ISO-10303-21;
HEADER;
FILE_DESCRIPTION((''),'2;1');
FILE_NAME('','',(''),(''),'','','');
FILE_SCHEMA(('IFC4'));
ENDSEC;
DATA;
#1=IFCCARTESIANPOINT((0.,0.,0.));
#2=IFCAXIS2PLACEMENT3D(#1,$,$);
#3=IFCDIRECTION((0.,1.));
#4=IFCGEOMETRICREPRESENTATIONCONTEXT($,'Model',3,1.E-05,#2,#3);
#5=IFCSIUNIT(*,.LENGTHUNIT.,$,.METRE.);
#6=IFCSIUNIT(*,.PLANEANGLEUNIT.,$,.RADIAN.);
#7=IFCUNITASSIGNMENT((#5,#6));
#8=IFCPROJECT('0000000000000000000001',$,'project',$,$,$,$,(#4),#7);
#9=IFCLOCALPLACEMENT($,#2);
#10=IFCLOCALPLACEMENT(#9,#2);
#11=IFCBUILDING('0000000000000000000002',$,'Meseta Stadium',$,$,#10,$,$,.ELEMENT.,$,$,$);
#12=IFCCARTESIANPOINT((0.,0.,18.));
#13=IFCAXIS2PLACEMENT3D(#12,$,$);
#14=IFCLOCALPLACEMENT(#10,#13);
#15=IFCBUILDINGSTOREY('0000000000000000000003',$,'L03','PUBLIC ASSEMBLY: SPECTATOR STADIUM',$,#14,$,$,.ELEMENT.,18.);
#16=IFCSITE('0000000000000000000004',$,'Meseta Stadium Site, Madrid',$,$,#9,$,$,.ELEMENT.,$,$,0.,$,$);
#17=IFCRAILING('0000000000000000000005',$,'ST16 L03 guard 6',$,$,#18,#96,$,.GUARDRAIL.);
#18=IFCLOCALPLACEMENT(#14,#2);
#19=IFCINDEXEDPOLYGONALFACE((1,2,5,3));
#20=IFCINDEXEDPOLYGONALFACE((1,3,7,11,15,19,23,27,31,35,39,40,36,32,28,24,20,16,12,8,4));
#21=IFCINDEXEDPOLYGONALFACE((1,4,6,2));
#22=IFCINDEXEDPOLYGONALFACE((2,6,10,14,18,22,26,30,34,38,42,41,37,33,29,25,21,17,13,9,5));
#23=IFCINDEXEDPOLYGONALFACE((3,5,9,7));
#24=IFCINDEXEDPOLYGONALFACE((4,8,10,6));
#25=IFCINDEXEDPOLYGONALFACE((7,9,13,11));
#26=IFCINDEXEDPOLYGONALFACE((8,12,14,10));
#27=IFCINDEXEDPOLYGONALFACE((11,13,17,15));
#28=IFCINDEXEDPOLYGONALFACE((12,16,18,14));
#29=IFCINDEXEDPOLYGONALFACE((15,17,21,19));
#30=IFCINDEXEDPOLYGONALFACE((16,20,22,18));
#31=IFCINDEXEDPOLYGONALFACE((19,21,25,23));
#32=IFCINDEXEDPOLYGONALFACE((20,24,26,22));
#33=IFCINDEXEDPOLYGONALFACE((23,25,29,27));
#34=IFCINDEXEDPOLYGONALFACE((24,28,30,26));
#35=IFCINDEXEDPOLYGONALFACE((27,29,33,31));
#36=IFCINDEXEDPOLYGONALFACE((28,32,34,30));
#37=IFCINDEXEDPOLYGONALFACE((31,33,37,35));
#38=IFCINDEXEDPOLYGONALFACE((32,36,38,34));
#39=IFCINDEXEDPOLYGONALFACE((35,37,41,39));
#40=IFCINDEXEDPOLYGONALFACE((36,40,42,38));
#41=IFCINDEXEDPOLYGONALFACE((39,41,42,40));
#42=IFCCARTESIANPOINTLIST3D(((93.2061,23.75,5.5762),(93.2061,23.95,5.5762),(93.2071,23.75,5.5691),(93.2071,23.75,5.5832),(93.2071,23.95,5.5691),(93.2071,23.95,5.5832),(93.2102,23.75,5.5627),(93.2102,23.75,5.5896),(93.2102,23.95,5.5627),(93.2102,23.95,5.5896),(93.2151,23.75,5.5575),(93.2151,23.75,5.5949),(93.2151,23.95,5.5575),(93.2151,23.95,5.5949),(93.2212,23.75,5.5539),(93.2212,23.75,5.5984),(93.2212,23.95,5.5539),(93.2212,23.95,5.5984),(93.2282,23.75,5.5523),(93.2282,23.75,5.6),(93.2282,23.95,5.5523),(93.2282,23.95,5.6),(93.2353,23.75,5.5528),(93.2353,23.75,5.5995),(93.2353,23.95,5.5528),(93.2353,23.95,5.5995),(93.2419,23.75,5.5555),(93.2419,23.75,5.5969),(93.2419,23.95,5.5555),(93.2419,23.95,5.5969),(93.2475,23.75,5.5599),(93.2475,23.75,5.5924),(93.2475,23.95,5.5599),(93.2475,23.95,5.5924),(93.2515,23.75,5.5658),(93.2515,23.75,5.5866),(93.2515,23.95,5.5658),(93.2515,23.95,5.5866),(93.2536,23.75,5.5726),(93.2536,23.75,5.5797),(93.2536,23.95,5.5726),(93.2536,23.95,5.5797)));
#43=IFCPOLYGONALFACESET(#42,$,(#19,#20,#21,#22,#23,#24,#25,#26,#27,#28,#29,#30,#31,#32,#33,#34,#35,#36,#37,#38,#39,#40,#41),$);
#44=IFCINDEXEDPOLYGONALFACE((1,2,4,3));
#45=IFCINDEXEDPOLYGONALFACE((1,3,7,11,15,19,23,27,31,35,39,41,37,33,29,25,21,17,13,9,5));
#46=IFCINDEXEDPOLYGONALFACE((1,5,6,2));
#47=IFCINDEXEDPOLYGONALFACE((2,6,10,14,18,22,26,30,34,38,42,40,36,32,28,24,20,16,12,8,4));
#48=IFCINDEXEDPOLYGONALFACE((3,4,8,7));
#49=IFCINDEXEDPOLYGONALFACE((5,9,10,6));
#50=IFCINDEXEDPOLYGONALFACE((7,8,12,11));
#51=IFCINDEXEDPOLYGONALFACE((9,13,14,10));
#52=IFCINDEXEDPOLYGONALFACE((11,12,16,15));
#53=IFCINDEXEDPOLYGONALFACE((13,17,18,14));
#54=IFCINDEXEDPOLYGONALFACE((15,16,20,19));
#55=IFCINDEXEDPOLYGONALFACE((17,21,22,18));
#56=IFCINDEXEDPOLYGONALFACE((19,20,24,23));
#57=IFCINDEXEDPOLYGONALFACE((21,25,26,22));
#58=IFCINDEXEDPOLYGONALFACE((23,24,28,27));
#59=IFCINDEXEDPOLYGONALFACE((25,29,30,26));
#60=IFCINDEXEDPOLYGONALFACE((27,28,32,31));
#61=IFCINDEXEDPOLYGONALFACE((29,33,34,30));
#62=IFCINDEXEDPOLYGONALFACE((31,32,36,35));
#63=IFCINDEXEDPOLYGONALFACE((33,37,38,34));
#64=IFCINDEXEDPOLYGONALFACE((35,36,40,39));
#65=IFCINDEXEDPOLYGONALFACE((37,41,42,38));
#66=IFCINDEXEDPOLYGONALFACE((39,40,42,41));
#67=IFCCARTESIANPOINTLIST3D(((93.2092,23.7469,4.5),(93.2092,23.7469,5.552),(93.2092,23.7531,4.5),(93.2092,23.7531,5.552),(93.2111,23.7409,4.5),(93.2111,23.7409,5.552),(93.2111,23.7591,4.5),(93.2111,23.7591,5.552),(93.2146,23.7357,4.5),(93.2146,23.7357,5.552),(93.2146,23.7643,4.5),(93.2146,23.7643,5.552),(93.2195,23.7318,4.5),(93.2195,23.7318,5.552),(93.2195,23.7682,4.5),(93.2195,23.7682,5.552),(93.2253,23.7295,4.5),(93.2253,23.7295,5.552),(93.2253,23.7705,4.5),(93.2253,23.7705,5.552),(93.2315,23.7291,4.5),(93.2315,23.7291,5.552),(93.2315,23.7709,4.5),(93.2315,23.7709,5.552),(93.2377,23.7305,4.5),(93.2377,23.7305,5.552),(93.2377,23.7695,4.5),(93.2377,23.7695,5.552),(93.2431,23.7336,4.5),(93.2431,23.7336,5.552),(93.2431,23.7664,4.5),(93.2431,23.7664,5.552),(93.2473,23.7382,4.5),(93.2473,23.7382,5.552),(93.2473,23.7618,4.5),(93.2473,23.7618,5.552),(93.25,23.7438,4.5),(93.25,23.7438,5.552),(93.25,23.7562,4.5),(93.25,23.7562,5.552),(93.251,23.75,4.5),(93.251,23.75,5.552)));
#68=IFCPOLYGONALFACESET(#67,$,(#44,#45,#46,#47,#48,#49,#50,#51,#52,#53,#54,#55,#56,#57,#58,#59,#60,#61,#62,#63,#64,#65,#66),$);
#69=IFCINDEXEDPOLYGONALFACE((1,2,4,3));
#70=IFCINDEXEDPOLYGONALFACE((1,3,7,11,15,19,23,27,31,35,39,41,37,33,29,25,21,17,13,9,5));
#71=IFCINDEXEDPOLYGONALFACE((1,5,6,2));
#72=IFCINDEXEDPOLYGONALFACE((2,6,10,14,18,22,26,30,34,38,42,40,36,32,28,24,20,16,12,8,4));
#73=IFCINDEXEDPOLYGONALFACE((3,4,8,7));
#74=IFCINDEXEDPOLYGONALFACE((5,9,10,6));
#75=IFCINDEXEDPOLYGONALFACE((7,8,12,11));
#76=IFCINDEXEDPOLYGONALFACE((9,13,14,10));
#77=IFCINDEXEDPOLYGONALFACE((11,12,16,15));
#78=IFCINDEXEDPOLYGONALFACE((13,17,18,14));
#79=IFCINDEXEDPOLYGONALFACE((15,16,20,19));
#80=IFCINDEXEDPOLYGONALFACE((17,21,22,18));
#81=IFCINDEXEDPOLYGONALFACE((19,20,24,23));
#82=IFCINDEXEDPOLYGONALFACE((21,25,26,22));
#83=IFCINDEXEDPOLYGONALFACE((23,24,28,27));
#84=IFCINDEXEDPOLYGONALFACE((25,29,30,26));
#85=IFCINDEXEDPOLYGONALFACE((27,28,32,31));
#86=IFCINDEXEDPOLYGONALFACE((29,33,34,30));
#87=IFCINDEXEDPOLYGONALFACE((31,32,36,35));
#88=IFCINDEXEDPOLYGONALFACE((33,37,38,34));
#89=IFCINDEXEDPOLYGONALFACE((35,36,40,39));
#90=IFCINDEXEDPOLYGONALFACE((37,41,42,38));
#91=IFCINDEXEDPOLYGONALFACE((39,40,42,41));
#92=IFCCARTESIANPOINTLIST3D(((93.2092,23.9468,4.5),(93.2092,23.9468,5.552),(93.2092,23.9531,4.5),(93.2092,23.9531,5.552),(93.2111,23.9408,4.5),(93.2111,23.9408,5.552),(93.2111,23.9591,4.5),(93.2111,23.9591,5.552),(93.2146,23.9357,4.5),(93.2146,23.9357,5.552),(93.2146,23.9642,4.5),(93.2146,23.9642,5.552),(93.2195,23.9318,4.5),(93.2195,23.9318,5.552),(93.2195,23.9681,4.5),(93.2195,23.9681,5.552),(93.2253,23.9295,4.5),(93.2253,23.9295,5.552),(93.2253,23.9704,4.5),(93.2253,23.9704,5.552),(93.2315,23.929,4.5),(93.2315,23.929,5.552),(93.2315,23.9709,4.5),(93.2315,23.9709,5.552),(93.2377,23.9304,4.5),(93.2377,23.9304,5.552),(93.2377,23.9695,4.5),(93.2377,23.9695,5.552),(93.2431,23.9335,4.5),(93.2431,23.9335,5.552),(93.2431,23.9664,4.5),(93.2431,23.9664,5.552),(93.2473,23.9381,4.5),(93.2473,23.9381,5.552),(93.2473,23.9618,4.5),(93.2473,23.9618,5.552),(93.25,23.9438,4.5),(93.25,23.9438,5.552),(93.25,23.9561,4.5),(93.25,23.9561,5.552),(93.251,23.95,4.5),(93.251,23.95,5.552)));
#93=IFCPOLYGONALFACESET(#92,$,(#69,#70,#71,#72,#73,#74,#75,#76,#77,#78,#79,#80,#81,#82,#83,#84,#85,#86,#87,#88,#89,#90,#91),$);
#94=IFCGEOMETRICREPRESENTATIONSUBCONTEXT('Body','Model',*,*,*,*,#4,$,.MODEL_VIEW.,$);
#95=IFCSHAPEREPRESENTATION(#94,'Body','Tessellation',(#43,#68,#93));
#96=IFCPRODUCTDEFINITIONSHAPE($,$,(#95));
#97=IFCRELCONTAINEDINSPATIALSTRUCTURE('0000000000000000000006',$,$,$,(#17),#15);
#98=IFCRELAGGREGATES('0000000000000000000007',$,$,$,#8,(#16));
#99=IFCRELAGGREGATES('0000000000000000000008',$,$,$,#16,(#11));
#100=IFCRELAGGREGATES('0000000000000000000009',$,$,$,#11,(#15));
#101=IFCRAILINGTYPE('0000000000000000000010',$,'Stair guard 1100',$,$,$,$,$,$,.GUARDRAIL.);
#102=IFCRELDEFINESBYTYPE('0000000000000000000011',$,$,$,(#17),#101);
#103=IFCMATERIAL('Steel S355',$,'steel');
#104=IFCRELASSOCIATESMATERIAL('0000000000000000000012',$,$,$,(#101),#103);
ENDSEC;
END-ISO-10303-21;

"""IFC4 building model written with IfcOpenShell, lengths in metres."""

from ifc_helpers import new_model, si_unit, direction, frame, origin, origin_2d, place, context, subcontext, project, spatial, circle, extrude, material, type_object, element, save


model = new_model("IFC4")

# Units and contexts
model_context = context("Model", 3, precision=1e-05, world=origin(), true_north=direction((0.0, 1.0)))
body_context = subcontext(model_context, "Body", "Model", "MODEL_VIEW")
ifc_project = project(units=[si_unit("LENGTHUNIT", "METRE"), si_unit("PLANEANGLEUNIT", "RADIAN")], contexts=[model_context])

# Site, building, storey
site_placement = place(None, origin())
site = spatial("IfcSite", under=ifc_project, at=site_placement, Name="Meseta Stadium Site, Madrid", CompositionType="ELEMENT", RefElevation=0.0)
building_placement = place(site_placement, origin())
building = spatial("IfcBuilding", under=site, at=building_placement, Name="Meseta Stadium", CompositionType="ELEMENT")
storey_placement = place(building_placement, frame((0.0, 0.0, 18.0)))
storey = spatial("IfcBuildingStorey", under=building, at=storey_placement, Name="L03", Description="PUBLIC ASSEMBLY: SPECTATOR STADIUM", CompositionType="ELEMENT", Elevation=18.0)

# Railing
ifc_material_1 = material(Name="Steel S355", Category="steel")
railing_type_1 = type_object("IfcRailingType", Name="Stair guard 1100", PredefinedType="GUARDRAIL", material=ifc_material_1)
railing_1_placement = place(storey_placement, frame((93.23, 23.75, 4.5)))
element("IfcRailing", 1, at=railing_1_placement, inside=storey, type_object=railing_type_1, Name="ST16 L03 guard 6", PredefinedType="GUARDRAIL", context=body_context, shape_type="SweptSolid", body=[
    extrude(circle(Radius=0.0239, at=origin_2d()), frame((0.0, 0.0, 1.0762), z_axis=(0.0, 1.0, 0.0), x_axis=(-1.0, 0.0, 0.0)), (0.0, 0.0, 1.0), 0.2),
    extrude(circle(Radius=0.021, at=origin_2d()), origin(), (0.0, 0.0, 1.0), 1.052),
    extrude(circle(Radius=0.021, at=origin_2d()), frame((0.0, 0.2, 0.0)), (0.0, 0.0, 1.0), 1.052),
])

save(model, "model.ifc")
